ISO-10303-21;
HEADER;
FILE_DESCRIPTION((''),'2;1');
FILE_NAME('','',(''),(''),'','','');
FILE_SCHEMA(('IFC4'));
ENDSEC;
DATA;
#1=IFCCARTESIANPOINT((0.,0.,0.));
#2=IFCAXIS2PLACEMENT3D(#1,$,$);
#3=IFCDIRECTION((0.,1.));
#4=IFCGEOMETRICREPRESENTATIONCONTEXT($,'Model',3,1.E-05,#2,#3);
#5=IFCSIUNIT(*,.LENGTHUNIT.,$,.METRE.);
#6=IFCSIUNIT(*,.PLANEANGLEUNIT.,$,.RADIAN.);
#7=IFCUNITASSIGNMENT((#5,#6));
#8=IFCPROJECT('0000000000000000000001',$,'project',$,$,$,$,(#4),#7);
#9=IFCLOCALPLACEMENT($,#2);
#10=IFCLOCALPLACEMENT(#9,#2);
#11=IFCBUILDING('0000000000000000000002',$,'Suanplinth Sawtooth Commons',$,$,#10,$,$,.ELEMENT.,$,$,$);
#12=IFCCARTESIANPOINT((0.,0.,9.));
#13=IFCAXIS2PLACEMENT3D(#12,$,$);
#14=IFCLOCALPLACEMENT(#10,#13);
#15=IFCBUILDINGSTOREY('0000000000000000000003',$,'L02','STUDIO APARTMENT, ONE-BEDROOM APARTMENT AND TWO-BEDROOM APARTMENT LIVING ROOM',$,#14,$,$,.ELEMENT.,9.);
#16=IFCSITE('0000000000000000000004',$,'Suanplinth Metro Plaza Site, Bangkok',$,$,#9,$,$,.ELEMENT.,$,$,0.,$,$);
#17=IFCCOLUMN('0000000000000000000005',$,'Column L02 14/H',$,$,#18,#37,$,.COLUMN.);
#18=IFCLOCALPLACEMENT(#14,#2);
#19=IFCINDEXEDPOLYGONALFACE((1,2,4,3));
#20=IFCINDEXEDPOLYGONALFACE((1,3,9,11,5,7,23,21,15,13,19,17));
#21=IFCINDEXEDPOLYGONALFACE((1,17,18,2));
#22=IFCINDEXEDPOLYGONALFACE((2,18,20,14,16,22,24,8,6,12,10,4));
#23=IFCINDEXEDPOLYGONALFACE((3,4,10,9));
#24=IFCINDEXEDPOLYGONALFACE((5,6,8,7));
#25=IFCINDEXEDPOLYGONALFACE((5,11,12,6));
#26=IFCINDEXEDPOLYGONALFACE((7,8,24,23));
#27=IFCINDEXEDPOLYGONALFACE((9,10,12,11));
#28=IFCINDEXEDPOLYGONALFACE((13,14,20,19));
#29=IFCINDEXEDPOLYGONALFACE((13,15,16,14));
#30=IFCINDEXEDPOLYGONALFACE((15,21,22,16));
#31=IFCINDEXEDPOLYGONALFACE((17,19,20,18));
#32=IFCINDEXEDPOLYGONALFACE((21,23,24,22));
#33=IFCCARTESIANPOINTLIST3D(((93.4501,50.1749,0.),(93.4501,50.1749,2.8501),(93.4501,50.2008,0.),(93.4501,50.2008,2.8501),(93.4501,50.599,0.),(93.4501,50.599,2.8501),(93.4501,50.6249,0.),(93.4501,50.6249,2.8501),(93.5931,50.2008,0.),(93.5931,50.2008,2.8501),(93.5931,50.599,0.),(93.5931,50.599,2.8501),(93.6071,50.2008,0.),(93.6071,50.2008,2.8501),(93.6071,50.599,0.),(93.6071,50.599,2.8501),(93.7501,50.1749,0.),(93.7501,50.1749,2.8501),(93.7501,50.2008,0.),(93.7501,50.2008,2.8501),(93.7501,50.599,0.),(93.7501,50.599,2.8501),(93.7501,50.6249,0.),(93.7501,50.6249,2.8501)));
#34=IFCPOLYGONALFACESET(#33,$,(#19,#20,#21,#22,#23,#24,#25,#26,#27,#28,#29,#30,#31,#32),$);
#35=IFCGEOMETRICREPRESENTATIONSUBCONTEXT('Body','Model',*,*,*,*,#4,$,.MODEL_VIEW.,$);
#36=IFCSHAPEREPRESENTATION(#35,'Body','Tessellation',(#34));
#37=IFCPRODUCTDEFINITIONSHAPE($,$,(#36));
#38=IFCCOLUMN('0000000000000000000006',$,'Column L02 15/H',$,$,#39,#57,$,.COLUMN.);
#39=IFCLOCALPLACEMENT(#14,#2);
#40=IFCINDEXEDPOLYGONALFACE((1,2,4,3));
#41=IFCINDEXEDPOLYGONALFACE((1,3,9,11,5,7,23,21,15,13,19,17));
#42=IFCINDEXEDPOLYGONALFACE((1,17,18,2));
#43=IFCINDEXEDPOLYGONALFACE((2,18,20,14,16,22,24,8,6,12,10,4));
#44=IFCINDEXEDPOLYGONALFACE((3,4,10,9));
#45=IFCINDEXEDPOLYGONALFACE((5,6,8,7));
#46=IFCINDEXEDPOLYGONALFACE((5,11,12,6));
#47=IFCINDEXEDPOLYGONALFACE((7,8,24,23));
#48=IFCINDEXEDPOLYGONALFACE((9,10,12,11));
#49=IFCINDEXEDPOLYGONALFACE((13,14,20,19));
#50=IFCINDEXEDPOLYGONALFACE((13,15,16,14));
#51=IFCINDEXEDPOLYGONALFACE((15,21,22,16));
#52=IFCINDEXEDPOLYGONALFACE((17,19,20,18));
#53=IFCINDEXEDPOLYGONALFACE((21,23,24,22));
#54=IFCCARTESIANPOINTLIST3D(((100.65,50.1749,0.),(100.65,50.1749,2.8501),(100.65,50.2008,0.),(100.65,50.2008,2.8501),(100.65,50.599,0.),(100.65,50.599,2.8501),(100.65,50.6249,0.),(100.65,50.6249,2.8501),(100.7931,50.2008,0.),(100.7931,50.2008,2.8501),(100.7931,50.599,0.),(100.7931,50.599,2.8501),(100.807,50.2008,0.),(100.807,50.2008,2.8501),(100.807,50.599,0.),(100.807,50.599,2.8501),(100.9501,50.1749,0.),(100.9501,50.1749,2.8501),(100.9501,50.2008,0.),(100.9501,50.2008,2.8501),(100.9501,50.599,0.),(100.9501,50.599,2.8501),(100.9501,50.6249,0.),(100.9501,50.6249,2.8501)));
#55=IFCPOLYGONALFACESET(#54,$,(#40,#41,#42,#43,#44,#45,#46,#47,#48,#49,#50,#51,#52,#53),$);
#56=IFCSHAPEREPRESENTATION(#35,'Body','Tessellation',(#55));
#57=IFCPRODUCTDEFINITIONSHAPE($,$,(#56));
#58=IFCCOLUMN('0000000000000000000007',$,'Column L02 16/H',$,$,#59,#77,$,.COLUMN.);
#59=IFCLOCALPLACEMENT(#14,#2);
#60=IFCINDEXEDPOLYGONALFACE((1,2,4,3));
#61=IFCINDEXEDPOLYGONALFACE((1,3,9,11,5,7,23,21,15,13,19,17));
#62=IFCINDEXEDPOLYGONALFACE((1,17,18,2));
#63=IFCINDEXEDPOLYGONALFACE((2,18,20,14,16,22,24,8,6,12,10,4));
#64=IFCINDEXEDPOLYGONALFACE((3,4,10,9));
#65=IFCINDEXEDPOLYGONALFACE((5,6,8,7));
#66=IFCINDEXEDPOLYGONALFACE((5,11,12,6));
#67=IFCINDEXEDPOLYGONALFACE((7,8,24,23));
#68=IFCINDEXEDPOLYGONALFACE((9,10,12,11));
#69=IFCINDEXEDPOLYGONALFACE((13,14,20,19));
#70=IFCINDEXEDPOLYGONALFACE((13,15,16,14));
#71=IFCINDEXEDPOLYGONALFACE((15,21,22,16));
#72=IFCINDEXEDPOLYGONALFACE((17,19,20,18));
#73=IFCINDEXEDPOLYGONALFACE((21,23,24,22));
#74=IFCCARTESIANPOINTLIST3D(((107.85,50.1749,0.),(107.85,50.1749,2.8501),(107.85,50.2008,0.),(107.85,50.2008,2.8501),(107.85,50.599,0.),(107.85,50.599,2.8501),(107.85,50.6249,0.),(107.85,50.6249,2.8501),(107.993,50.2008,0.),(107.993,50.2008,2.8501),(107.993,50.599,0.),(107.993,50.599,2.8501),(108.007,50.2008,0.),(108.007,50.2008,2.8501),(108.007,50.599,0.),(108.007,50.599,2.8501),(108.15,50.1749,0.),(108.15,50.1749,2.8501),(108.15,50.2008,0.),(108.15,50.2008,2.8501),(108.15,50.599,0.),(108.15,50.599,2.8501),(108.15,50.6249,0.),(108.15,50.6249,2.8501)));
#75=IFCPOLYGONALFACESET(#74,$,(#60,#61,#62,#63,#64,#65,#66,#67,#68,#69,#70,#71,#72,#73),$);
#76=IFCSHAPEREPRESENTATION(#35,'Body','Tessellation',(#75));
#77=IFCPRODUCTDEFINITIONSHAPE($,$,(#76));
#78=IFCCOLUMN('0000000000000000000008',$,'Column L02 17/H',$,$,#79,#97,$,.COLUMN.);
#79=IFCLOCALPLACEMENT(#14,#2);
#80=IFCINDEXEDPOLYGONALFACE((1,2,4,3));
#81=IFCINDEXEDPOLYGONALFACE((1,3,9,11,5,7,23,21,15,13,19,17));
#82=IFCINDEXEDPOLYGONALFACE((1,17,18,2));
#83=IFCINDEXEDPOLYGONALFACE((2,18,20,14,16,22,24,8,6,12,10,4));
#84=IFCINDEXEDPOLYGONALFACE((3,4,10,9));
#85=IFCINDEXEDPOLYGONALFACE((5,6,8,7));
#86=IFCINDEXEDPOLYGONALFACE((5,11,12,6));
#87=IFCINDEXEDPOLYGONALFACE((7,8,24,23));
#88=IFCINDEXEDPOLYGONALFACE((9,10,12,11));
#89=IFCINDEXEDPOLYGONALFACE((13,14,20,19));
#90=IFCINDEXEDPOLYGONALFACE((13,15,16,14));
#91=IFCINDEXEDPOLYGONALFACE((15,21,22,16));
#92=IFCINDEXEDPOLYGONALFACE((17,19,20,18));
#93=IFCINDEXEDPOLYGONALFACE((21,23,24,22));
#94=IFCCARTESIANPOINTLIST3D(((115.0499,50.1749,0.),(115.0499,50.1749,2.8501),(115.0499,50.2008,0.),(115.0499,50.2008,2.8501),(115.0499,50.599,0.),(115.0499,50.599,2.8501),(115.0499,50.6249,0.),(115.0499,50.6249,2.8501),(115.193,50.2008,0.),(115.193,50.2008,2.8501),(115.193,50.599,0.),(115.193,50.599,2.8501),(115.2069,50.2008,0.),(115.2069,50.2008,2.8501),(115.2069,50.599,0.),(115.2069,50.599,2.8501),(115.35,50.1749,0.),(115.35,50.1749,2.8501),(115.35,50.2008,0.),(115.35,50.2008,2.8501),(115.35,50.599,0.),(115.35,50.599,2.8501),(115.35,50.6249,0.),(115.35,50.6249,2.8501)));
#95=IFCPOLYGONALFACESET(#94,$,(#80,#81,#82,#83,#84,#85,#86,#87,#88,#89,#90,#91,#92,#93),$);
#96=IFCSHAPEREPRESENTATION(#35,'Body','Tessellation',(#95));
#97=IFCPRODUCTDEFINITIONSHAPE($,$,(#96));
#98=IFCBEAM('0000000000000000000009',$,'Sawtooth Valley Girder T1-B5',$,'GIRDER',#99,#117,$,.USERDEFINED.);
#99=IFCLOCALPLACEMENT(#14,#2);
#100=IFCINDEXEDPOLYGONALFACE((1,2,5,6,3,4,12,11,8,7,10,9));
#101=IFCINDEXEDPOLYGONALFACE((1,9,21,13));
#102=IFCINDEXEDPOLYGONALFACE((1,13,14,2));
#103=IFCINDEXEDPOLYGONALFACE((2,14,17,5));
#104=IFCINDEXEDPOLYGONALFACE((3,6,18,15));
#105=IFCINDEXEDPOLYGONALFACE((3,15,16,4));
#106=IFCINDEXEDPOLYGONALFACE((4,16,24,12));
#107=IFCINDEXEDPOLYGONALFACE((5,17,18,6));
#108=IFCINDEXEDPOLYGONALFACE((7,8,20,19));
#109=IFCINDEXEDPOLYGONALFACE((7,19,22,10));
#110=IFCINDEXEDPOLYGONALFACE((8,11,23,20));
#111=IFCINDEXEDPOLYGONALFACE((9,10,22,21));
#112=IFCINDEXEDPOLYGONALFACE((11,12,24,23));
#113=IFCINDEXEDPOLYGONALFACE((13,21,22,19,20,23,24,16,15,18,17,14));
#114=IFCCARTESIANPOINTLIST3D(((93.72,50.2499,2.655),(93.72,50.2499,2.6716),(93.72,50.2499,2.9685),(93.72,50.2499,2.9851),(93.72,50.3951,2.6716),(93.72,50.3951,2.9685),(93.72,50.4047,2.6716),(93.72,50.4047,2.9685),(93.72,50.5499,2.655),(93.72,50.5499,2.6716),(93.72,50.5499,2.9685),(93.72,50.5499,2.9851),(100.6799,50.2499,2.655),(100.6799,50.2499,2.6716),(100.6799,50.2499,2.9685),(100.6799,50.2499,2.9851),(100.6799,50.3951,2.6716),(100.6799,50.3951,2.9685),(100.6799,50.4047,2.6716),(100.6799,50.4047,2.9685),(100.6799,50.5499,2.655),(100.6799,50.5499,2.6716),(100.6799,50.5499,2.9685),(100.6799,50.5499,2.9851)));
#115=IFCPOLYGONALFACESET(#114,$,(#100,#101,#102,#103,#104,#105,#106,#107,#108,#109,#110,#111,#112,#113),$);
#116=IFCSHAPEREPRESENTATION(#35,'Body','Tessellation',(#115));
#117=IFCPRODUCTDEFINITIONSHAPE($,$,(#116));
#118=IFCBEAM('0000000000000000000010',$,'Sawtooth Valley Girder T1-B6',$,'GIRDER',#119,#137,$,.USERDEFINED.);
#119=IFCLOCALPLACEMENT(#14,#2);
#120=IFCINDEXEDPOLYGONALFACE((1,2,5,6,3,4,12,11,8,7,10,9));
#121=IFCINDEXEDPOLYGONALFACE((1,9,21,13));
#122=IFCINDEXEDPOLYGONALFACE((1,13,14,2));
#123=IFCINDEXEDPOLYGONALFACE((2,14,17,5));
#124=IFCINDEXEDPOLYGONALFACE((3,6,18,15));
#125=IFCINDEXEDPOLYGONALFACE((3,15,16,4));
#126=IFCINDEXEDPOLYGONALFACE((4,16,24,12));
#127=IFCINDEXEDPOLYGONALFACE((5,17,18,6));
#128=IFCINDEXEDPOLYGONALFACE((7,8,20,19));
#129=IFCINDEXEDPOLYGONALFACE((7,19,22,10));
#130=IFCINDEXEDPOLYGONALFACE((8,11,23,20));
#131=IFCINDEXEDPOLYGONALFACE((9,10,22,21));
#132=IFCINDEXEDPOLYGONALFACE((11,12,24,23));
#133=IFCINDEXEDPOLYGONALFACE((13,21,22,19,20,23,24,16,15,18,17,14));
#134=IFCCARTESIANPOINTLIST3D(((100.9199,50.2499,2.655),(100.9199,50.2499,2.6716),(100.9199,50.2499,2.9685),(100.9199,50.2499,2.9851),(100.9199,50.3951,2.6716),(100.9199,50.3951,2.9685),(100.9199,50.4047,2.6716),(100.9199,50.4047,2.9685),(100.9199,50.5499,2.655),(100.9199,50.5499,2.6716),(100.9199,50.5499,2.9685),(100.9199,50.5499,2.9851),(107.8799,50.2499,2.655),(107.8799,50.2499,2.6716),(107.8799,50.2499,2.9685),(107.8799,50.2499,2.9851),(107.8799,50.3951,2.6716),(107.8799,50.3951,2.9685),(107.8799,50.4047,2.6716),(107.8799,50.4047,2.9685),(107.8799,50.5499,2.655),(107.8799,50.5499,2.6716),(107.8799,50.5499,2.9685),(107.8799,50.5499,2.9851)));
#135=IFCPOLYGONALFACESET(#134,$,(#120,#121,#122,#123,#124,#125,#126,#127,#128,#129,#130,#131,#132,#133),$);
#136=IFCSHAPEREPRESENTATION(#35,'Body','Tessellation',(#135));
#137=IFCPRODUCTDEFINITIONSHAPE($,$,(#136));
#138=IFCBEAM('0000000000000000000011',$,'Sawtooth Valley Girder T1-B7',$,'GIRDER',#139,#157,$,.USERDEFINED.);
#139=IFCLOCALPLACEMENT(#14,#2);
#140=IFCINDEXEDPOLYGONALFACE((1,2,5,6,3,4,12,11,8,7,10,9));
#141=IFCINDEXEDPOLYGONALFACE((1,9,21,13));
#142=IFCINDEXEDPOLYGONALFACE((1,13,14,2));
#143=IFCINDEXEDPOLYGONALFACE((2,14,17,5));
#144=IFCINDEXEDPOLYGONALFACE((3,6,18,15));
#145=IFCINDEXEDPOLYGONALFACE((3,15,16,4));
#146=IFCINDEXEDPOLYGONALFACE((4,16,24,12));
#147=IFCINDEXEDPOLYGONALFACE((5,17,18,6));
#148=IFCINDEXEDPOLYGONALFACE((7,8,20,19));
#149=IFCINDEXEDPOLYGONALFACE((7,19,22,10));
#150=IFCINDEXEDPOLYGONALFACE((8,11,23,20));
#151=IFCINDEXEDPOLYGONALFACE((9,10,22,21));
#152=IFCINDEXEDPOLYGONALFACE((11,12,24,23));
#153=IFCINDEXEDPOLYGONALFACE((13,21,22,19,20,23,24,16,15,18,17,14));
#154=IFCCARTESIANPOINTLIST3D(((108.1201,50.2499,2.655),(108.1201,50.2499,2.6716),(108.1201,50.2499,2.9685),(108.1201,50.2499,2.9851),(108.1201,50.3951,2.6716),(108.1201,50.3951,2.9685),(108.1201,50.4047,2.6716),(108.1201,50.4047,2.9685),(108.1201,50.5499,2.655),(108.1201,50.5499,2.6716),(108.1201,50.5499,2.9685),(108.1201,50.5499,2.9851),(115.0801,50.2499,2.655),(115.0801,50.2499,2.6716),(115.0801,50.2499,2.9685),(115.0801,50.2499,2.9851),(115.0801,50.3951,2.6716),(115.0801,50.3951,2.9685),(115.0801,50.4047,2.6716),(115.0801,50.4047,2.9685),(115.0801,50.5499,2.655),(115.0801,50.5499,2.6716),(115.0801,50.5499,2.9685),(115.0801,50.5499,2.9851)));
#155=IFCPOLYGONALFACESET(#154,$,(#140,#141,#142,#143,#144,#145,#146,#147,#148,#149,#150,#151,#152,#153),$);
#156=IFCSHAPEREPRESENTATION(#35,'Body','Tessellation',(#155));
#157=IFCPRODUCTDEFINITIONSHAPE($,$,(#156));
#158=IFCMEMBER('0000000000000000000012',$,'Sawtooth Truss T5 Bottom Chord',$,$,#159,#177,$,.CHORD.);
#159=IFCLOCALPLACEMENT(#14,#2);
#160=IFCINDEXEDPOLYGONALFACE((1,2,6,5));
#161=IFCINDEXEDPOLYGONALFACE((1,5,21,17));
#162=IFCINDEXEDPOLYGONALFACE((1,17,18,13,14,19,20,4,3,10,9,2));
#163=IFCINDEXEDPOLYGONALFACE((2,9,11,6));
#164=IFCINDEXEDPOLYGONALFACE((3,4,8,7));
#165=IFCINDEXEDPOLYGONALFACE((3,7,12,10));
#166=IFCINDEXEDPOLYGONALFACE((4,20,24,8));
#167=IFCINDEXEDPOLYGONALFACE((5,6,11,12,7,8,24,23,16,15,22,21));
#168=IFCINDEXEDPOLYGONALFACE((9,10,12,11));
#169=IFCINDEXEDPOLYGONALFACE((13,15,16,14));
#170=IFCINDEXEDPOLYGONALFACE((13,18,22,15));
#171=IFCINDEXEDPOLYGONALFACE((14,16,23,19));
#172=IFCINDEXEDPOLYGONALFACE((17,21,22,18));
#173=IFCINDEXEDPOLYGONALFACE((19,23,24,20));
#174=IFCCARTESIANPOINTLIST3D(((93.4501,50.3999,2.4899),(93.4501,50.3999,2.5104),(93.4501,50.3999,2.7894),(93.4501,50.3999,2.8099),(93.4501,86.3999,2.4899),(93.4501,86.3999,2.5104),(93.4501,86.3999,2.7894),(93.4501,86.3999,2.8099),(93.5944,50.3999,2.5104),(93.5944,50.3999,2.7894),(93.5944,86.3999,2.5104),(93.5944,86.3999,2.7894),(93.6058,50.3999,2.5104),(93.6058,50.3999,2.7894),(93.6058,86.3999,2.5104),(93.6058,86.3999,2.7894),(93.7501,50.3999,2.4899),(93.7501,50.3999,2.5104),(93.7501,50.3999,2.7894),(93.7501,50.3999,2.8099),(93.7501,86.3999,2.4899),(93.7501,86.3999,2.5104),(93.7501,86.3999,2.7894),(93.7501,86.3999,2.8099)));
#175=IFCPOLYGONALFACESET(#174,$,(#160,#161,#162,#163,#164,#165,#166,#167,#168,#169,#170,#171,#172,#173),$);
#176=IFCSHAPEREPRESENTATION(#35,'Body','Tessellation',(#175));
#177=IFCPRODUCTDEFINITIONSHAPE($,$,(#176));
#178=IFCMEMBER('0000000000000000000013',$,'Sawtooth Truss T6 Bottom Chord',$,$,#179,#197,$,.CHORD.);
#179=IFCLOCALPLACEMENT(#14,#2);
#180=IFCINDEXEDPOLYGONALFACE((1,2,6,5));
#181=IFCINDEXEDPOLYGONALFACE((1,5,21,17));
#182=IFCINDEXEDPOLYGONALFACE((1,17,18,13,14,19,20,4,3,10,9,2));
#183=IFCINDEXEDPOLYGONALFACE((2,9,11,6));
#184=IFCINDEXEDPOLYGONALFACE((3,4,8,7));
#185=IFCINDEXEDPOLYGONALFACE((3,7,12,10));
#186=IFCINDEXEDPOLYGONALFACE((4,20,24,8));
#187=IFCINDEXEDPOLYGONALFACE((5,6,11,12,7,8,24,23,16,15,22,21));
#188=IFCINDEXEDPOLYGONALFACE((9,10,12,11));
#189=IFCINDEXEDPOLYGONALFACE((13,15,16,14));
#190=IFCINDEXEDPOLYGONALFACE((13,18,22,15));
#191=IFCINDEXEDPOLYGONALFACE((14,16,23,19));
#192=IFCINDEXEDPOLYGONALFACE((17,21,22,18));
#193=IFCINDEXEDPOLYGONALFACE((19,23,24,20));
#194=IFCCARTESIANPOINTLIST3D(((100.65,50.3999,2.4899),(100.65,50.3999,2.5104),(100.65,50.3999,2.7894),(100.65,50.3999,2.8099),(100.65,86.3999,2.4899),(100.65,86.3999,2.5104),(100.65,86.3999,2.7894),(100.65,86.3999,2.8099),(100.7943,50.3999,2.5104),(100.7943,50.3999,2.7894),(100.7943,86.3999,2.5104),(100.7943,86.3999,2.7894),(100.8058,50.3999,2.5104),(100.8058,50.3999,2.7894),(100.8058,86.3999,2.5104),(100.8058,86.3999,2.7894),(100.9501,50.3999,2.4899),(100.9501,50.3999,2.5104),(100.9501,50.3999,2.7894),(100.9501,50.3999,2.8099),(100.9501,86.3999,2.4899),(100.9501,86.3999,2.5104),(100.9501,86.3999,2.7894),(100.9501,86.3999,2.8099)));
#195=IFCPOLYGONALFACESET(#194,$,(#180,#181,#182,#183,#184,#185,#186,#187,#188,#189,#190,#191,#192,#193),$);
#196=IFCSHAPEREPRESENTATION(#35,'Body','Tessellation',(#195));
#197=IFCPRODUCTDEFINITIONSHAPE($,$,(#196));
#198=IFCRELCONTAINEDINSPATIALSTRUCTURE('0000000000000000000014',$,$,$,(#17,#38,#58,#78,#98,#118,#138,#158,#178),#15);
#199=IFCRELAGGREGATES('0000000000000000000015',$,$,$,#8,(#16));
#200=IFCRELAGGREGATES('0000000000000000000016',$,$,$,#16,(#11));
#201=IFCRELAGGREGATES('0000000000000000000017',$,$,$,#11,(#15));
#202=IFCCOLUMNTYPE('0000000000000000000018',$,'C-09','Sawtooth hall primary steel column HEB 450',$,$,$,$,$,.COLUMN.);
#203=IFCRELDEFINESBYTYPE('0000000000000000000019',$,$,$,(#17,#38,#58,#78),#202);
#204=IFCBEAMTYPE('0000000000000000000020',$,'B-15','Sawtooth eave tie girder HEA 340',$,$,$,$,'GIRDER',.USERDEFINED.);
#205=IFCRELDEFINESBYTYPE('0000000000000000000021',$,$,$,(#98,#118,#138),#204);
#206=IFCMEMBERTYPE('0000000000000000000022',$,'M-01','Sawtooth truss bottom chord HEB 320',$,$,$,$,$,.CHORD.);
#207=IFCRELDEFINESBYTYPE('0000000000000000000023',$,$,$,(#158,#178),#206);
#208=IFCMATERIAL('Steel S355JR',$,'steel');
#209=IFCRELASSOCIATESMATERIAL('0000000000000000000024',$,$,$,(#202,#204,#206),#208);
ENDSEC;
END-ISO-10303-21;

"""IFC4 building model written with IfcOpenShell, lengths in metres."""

from ifc_helpers import new_model, si_unit, direction, frame, origin, origin_2d, place, context, subcontext, project, spatial, i_section, extrude, material, material_profile, profile_set, type_object, element, save


model = new_model("IFC4")

# Units and contexts
model_context = context("Model", 3, precision=1e-05, world=origin(), true_north=direction((0.0, 1.0)))
body_context = subcontext(model_context, "Body", "Model", "MODEL_VIEW")
ifc_project = project(units=[si_unit("LENGTHUNIT", "METRE"), si_unit("PLANEANGLEUNIT", "RADIAN")], contexts=[model_context])

# Site, building, storey
site_placement = place(None, origin())
site = spatial("IfcSite", under=ifc_project, at=site_placement, Name="Suanplinth Metro Plaza Site, Bangkok", CompositionType="ELEMENT", RefElevation=0.0)
building_placement = place(site_placement, origin())
building = spatial("IfcBuilding", under=site, at=building_placement, Name="Suanplinth Sawtooth Commons", CompositionType="ELEMENT")
storey_placement = place(building_placement, frame((0.0, 0.0, 9.0)))
storey = spatial("IfcBuildingStorey", under=building, at=storey_placement, Name="L02", Description="STUDIO APARTMENT, ONE-BEDROOM APARTMENT AND TWO-BEDROOM APARTMENT LIVING ROOM", CompositionType="ELEMENT", Elevation=9.0)

# Columns
ifc_material_1 = material(Name="Steel S355JR", Category="steel")
ifc_material_profile_1 = material_profile(ifc_material_1, i_section(OverallWidth=0.3, OverallDepth=0.45, WebThickness=0.0139, FlangeThickness=0.0259, at=origin_2d()), Name="HEB 450")
ifc_profile_set_1 = profile_set([ifc_material_profile_1], Name="Steel S355JR")
column_type = type_object("IfcColumnType", Name="C-09", Description="Sawtooth hall primary steel column HEB 450", PredefinedType="COLUMN", material=ifc_profile_set_1)
for number, where, z_axis, x_axis, name in (
    (1, (93.6001, 50.3999, 0.0), (0.0, 0.0, 1.0), (1.0, 0.0, 0.0), "Column L02 14/H"),
    (2, (100.8, 50.3999, 0.0), (0.0, 0.0, 1.0), (1.0, 0.0, 0.0), "Column L02 15/H"),
    (3, (108.0, 50.3999, 0.0), (0.0, 0.0, 1.0), (1.0, 0.0, 0.0), "Column L02 16/H"),
    (4, (115.2, 50.3999, 0.0), (0.0, 0.0, 1.0), (1.0, 0.0, 0.0), "Column L02 17/H"),
):
    element("IfcColumn", number, at=place(storey_placement, frame(where, z_axis=z_axis, x_axis=x_axis)), inside=storey, type_object=column_type, Name=name, PredefinedType="COLUMN", context=body_context, shape_type="SweptSolid", body=[
        extrude(i_section(OverallWidth=0.3, OverallDepth=0.45, WebThickness=0.0139, FlangeThickness=0.0259, at=origin_2d()), origin(), (0.0, 0.0, 1.0), 2.8501),
    ])

# Beams
ifc_material_profile_2 = material_profile(ifc_material_1, i_section(OverallWidth=0.3, OverallDepth=0.3301, WebThickness=0.0095, FlangeThickness=0.0166, at=origin_2d()), Name="HEA 340")
ifc_profile_set_2 = profile_set([ifc_material_profile_2], Name="Steel S355JR")
beam_type = type_object("IfcBeamType", Name="B-15", Description="Sawtooth eave tie girder HEA 340", ElementType="GIRDER", PredefinedType="USERDEFINED", material=ifc_profile_set_2)
for number, where, z_axis, x_axis, name in (
    (5, (93.72, 50.3999, 2.8201), (1.0, 0.0, 0.0), (0.0, 1.0, 0.0), "Sawtooth Valley Girder T1-B5"),
    (6, (100.9199, 50.3999, 2.8201), (1.0, 0.0, 0.0), (0.0, 1.0, 0.0), "Sawtooth Valley Girder T1-B6"),
    (7, (108.1201, 50.3999, 2.8201), (1.0, 0.0, 0.0), (0.0, 1.0, 0.0), "Sawtooth Valley Girder T1-B7"),
):
    element("IfcBeam", number, at=place(storey_placement, frame(where, z_axis=z_axis, x_axis=x_axis)), inside=storey, type_object=beam_type, Name=name, ObjectType="GIRDER", PredefinedType="USERDEFINED", context=body_context, shape_type="SweptSolid", body=[
        extrude(i_section(OverallWidth=0.3, OverallDepth=0.3301, WebThickness=0.0095, FlangeThickness=0.0166, at=origin_2d()), origin(), (0.0, 0.0, 1.0), 6.96),
    ])

# Members
ifc_material_profile_3 = material_profile(ifc_material_1, i_section(OverallWidth=0.3, OverallDepth=0.3201, WebThickness=0.0115, FlangeThickness=0.0205, at=origin_2d()), Name="HEB 320")
ifc_profile_set_3 = profile_set([ifc_material_profile_3], Name="Steel S355JR")
member_type_1 = type_object("IfcMemberType", Name="M-01", Description="Sawtooth truss bottom chord HEB 320", PredefinedType="CHORD", material=ifc_profile_set_3)
for number, where, z_axis, x_axis, name in (
    (8, (93.6001, 50.3999, 2.6499), (0.0, 1.0, 0.0), (-1.0, 0.0, 0.0), "Sawtooth Truss T5 Bottom Chord"),
    (9, (100.8, 50.3999, 2.6499), (0.0, 1.0, 0.0), (-1.0, 0.0, 0.0), "Sawtooth Truss T6 Bottom Chord"),
):
    element("IfcMember", number, at=place(storey_placement, frame(where, z_axis=z_axis, x_axis=x_axis)), inside=storey, type_object=member_type_1, Name=name, PredefinedType="CHORD", context=body_context, shape_type="SweptSolid", body=[
        extrude(i_section(OverallWidth=0.3, OverallDepth=0.3201, WebThickness=0.0115, FlangeThickness=0.0205, at=origin_2d()), origin(), (0.0, 0.0, 1.0), 36.0),
    ])

save(model, "model.ifc")
